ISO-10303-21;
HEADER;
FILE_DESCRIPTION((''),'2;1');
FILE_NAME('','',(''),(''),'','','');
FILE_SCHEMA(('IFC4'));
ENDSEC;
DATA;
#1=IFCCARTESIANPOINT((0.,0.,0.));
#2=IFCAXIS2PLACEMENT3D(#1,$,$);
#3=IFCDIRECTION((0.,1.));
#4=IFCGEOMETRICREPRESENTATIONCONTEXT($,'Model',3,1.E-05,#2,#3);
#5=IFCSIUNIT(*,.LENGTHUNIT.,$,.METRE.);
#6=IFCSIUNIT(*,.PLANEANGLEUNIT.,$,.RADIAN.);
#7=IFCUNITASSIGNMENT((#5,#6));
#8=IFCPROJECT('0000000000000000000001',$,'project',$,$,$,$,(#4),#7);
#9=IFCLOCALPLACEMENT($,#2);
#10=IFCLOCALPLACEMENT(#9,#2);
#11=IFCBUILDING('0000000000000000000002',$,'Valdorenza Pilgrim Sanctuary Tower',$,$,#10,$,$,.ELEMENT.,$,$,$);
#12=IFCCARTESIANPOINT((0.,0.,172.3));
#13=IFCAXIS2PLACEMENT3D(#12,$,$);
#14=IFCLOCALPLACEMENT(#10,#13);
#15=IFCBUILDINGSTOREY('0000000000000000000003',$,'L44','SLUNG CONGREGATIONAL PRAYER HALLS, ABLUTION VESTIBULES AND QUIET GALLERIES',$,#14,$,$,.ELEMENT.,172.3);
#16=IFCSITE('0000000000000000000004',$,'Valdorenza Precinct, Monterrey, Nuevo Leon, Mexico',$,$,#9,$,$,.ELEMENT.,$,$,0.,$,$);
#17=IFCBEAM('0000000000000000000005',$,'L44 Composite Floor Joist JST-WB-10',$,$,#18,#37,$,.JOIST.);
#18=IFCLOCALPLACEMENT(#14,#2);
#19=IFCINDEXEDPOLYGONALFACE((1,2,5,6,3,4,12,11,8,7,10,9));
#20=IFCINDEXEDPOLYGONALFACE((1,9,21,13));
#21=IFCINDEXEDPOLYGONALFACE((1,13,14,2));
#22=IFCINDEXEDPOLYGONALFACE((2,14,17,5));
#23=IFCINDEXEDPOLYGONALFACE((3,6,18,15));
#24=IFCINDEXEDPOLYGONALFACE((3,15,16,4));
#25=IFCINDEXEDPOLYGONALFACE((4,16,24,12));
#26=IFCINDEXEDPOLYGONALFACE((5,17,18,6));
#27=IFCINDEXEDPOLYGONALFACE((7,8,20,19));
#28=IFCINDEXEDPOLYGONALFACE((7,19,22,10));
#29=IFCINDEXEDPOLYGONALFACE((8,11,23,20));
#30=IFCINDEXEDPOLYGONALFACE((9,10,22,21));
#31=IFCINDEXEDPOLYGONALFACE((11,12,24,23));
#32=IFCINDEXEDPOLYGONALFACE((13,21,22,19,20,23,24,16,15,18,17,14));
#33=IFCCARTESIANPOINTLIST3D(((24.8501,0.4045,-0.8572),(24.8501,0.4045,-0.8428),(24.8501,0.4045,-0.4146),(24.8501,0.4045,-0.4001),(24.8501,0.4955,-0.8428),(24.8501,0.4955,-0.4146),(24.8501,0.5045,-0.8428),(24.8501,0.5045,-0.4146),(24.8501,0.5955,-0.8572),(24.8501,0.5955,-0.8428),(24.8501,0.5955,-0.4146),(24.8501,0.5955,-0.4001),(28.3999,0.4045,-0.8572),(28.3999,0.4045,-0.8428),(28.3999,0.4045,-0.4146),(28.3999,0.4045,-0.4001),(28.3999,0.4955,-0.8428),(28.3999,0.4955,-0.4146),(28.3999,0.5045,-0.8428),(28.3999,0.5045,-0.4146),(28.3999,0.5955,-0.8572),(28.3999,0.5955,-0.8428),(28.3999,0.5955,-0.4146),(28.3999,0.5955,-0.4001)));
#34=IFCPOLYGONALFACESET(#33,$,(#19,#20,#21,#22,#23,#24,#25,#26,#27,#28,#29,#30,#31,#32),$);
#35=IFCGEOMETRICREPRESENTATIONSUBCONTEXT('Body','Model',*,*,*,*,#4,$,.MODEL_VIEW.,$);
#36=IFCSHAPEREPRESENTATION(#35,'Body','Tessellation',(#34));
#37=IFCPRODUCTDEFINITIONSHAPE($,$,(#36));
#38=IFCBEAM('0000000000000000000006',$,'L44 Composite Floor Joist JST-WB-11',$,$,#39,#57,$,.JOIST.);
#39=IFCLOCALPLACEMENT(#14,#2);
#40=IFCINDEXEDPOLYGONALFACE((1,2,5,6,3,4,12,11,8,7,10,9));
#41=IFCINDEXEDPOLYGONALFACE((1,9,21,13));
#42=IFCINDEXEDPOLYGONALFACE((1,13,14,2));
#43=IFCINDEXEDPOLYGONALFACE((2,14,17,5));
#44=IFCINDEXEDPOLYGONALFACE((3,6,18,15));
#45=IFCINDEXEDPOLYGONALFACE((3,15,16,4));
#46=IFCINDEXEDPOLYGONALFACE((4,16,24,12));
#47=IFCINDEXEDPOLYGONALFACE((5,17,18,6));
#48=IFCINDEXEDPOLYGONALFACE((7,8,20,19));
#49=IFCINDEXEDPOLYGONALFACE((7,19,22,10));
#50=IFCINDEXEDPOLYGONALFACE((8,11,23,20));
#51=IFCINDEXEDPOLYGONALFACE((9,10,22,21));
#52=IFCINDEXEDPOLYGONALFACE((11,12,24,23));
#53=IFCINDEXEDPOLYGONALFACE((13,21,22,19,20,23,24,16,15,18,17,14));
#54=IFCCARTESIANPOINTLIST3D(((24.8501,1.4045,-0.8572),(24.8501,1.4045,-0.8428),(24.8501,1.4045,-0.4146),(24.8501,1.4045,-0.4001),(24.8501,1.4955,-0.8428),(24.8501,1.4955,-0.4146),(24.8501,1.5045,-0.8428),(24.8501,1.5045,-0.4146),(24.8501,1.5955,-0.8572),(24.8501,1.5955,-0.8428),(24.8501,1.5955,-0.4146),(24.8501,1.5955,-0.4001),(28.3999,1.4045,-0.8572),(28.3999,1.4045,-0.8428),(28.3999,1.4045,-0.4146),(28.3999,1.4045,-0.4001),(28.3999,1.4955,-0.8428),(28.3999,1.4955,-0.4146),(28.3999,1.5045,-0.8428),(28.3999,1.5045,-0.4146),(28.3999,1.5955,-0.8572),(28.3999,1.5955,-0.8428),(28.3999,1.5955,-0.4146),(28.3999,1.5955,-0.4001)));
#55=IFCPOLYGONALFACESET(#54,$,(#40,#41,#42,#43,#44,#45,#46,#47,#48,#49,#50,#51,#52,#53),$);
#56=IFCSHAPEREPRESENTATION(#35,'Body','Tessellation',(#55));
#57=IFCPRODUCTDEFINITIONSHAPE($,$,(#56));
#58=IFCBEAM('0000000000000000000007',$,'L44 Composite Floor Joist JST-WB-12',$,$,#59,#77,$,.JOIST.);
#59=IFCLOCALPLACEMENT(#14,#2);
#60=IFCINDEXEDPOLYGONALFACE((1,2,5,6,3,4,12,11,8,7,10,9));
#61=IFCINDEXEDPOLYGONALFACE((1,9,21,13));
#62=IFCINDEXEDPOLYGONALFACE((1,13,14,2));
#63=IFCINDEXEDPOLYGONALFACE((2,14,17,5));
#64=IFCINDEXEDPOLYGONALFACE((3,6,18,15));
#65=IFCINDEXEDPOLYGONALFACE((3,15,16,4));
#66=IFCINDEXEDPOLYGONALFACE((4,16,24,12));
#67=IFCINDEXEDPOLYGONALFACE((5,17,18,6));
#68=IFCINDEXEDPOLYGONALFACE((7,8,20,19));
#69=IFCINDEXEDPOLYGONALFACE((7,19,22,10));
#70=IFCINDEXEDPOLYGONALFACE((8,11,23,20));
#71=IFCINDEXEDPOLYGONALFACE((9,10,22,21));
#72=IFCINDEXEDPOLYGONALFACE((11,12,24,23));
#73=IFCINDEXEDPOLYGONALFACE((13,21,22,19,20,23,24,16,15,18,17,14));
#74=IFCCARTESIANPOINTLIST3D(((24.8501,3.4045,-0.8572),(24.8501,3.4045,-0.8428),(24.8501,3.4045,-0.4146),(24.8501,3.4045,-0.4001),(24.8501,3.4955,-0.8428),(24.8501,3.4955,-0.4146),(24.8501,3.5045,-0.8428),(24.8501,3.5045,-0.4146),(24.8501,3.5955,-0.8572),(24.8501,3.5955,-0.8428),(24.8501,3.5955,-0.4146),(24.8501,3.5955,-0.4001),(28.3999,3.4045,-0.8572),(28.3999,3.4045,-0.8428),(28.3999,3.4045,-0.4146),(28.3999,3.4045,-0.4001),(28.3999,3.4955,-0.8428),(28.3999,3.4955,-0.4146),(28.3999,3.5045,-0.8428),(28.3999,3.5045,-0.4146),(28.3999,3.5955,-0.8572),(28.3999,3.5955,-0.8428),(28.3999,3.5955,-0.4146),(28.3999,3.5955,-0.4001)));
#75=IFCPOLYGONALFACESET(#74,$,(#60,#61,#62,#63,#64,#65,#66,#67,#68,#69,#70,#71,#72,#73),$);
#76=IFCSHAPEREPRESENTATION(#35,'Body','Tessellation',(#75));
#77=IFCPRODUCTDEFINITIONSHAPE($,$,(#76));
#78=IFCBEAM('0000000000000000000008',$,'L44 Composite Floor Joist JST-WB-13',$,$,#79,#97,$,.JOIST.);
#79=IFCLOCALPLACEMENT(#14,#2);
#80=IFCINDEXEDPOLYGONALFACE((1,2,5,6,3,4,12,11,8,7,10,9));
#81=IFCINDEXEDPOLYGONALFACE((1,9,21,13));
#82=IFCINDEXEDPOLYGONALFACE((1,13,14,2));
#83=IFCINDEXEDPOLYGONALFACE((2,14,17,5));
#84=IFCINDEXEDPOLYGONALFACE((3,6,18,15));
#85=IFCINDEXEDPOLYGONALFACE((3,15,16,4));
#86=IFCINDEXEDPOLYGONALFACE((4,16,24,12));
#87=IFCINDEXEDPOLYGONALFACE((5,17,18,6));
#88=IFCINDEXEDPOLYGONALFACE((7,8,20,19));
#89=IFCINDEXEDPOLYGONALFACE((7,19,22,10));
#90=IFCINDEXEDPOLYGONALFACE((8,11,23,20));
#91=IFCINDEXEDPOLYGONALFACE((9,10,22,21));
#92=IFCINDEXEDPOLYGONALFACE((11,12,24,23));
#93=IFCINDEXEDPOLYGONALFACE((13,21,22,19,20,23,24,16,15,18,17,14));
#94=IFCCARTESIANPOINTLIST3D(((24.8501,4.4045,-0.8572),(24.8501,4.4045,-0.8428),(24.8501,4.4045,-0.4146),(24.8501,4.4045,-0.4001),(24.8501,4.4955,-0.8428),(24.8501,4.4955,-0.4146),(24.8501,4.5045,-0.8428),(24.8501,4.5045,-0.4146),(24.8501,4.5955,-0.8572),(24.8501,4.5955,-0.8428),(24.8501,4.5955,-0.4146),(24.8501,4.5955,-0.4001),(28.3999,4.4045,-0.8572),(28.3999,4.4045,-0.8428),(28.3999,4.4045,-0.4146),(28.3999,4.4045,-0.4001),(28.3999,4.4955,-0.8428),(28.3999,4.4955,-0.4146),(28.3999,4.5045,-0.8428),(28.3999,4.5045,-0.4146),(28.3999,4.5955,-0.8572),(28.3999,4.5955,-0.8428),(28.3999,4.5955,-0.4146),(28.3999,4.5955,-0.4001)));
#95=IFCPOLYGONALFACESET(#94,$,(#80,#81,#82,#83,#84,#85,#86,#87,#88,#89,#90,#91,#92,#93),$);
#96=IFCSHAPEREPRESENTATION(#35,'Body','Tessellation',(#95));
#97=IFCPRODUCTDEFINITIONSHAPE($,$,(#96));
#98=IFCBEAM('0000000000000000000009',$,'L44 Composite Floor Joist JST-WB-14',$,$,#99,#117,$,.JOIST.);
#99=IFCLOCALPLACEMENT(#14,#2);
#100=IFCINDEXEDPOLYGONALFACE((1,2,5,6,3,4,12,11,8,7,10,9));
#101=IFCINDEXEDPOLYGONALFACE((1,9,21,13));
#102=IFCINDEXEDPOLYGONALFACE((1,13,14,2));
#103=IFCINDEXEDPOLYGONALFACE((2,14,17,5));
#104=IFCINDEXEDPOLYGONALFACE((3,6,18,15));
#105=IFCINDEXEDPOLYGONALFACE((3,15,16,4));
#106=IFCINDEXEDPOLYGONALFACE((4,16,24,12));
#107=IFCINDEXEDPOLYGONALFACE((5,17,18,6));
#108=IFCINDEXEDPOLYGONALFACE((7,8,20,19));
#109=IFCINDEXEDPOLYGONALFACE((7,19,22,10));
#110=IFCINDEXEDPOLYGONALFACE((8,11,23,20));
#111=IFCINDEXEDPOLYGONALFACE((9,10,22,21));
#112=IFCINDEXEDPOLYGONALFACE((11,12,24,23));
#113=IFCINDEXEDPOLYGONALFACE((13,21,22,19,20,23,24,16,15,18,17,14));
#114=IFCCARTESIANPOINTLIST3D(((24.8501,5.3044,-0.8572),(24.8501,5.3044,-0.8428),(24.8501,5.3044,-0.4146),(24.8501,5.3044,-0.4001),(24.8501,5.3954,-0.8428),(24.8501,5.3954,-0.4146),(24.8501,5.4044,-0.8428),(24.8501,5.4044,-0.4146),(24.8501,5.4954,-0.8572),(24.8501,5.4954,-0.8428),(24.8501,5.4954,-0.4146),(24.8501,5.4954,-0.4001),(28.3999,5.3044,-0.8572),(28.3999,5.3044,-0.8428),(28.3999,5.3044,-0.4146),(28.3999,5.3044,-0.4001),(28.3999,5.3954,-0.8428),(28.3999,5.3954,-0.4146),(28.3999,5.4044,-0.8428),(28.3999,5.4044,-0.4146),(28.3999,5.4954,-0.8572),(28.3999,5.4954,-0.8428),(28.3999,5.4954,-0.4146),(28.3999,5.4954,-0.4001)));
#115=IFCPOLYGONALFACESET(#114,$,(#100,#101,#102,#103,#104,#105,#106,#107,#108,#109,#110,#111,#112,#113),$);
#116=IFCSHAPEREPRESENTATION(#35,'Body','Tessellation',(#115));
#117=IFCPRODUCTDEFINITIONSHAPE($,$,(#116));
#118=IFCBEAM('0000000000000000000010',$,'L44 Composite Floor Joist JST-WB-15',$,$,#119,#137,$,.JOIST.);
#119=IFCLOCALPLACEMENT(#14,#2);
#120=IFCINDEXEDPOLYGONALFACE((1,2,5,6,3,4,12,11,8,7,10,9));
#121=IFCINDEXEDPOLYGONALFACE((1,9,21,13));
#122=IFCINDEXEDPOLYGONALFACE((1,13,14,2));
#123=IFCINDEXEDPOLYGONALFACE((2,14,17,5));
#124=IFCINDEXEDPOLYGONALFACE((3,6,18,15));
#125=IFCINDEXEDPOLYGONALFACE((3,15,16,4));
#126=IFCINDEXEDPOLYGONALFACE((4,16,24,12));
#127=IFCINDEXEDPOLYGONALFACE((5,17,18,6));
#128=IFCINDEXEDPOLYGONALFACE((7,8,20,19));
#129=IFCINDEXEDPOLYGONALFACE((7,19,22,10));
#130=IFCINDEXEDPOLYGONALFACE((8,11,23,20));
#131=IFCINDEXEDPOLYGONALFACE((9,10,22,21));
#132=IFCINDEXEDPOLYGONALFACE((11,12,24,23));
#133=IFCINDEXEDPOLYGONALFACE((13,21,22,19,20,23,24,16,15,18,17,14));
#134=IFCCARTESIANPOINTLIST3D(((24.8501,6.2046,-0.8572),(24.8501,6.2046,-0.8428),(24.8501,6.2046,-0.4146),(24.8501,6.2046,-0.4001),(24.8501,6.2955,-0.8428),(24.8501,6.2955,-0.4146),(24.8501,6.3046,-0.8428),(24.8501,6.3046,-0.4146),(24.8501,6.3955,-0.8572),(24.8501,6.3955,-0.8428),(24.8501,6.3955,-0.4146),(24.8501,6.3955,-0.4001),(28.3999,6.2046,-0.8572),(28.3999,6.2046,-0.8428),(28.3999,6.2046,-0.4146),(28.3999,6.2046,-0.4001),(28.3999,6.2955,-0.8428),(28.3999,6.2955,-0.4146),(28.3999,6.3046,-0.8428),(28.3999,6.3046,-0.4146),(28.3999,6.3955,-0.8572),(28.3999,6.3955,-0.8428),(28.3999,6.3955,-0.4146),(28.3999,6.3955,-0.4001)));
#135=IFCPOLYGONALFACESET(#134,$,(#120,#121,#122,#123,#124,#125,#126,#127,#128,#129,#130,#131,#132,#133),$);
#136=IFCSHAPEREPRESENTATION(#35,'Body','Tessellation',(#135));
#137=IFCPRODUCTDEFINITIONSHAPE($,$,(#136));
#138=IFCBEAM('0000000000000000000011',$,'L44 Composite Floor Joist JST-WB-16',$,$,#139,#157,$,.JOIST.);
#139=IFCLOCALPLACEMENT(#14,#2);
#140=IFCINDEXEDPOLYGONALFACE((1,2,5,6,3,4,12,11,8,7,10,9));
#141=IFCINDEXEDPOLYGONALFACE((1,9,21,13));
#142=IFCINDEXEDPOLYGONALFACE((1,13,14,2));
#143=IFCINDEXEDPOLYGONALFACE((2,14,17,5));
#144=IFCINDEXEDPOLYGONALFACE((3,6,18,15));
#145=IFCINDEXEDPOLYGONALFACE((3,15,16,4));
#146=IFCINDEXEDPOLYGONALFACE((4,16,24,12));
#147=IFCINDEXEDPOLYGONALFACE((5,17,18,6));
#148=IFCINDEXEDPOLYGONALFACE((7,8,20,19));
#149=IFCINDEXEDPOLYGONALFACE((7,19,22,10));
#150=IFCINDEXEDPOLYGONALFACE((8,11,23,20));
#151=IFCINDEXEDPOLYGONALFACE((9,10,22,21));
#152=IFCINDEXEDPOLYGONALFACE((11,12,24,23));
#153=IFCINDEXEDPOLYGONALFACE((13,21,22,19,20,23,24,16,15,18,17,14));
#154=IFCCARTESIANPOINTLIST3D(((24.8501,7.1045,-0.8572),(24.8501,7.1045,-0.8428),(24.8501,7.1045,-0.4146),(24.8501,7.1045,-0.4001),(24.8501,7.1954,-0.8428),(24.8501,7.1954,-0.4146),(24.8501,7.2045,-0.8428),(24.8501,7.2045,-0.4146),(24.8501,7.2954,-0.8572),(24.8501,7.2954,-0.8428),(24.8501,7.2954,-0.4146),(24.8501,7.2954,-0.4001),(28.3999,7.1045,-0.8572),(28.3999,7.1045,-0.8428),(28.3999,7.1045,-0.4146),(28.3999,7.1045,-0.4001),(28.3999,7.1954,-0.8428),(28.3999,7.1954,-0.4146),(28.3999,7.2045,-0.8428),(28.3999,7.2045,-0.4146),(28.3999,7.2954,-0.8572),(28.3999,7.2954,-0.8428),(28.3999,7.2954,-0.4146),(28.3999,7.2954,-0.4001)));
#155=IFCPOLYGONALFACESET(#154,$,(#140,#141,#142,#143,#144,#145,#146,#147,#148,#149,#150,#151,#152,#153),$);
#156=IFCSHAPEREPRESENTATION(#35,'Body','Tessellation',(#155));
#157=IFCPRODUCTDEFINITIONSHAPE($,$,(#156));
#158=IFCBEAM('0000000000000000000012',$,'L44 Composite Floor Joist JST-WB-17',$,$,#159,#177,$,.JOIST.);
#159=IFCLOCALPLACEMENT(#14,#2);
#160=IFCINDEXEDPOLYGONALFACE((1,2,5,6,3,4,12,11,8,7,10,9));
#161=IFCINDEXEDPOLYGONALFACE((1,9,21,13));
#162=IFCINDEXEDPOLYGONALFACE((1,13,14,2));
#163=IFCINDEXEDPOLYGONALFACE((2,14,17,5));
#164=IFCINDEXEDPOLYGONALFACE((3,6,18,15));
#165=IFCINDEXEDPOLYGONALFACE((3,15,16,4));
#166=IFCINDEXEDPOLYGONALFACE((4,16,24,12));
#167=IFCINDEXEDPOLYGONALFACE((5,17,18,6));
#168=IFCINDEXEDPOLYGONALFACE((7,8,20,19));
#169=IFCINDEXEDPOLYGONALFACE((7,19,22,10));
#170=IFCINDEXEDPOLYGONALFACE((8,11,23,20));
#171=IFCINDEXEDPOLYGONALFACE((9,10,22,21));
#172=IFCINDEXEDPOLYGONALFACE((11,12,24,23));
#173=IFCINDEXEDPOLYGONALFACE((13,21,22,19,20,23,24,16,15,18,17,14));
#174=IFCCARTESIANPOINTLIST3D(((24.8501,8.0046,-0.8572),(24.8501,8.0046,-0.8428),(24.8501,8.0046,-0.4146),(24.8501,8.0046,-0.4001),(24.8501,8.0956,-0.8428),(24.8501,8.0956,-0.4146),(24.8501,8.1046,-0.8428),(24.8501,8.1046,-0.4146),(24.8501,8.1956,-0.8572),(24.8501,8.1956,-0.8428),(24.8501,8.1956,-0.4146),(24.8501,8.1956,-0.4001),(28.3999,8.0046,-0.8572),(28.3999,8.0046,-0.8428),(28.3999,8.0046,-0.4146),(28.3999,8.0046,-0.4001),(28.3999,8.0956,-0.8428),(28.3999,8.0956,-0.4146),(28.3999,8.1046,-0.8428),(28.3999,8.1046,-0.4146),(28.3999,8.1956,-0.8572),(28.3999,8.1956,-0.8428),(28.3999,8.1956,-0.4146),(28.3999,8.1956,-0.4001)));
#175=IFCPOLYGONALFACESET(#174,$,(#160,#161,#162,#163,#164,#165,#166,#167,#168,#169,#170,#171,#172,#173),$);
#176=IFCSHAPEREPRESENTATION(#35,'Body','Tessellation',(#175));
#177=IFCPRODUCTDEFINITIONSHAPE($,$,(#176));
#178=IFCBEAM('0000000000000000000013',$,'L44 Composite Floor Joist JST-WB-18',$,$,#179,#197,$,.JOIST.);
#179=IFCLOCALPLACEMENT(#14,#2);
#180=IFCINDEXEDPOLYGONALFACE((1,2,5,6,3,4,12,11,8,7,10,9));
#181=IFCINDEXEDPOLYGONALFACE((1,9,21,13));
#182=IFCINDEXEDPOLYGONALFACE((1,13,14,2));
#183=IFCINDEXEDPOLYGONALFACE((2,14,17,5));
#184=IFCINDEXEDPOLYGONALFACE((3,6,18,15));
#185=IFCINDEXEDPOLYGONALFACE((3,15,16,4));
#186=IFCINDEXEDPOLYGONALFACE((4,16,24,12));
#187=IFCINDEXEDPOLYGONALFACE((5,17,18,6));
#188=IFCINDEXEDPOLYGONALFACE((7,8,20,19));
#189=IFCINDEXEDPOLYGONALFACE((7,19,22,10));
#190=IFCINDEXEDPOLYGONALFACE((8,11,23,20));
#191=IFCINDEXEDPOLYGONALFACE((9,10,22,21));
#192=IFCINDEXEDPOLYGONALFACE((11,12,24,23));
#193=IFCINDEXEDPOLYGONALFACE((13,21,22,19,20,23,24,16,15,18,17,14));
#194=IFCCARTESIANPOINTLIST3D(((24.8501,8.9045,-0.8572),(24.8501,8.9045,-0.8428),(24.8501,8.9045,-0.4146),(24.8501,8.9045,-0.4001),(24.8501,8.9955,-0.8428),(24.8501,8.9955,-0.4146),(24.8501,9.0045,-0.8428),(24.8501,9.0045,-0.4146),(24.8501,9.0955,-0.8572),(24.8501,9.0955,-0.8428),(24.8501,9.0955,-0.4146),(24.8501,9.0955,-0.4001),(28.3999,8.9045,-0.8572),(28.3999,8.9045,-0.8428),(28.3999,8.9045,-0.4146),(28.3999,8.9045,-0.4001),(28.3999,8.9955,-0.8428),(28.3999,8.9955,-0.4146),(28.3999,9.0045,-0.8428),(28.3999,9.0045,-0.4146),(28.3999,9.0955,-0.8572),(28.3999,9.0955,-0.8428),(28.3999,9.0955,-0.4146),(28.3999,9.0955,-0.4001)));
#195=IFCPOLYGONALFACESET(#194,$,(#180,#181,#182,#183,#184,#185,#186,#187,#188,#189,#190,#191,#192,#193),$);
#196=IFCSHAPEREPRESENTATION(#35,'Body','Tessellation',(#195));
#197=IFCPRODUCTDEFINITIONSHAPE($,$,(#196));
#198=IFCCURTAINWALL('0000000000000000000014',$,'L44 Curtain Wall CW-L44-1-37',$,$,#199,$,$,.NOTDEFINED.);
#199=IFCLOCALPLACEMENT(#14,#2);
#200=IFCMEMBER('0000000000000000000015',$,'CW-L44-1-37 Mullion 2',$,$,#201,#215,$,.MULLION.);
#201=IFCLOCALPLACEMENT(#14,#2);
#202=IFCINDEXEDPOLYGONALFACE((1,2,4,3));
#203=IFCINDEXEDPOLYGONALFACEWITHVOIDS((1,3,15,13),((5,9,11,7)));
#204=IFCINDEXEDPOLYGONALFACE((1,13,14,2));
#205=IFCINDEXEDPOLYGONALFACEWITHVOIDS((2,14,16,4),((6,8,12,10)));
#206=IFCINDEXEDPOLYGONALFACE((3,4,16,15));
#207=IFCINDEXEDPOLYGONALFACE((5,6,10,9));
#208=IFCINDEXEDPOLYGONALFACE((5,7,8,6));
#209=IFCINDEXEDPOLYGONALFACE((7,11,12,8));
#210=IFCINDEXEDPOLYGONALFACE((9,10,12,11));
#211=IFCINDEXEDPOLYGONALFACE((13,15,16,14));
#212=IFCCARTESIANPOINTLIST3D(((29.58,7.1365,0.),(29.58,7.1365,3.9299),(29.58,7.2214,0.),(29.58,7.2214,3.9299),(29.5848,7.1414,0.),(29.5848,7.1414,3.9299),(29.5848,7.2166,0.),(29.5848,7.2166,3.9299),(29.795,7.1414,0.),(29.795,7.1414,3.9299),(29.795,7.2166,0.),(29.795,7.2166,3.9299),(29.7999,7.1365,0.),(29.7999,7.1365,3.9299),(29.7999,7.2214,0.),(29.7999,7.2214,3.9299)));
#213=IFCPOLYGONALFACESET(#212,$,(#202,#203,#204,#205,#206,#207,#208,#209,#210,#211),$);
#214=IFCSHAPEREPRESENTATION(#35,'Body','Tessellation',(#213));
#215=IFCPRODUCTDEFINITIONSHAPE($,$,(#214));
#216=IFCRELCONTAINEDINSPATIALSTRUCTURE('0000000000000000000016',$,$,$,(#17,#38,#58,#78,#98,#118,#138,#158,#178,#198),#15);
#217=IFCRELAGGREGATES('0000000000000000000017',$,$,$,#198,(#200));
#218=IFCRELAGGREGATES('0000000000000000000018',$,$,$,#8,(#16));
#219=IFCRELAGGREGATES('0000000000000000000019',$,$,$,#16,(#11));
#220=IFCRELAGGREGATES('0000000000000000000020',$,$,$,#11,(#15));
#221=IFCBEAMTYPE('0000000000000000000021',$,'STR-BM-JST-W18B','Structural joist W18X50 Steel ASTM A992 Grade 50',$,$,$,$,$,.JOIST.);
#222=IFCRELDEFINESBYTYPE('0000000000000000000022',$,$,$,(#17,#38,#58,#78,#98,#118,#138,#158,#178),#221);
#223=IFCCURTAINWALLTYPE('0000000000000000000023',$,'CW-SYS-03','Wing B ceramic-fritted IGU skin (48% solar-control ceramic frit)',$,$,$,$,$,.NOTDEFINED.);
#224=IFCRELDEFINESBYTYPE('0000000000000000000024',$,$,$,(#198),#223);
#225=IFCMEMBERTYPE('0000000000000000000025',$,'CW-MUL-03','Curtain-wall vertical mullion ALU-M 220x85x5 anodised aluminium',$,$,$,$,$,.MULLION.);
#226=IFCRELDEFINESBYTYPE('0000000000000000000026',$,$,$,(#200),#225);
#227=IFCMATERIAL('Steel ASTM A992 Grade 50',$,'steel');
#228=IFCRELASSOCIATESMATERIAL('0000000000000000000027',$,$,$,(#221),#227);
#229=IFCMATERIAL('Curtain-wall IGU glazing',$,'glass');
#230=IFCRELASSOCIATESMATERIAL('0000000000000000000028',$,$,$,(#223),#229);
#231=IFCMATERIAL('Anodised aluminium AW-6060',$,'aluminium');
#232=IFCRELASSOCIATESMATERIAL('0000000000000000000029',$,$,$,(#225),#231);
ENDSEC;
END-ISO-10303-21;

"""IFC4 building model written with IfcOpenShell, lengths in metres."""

from ifc_helpers import new_model, si_unit, direction, frame, origin, origin_2d, place, context, subcontext, project, spatial, hollow_rectangle, i_section, extrude, source, transform, mapped, material, material_profile, profile_set, type_object, element, aggregate, save


model = new_model("IFC4")

# Units and contexts
model_context = context("Model", 3, precision=1e-05, world=origin(), true_north=direction((0.0, 1.0)))
body_context = subcontext(model_context, "Body", "Model", "MODEL_VIEW")
ifc_project = project(units=[si_unit("LENGTHUNIT", "METRE"), si_unit("PLANEANGLEUNIT", "RADIAN")], contexts=[model_context])

# Site, building, storey
site_placement = place(None, origin())
site = spatial("IfcSite", under=ifc_project, at=site_placement, Name="Valdorenza Precinct, Monterrey, Nuevo Leon, Mexico", CompositionType="ELEMENT", RefElevation=0.0)
building_placement = place(site_placement, origin())
building = spatial("IfcBuilding", under=site, at=building_placement, Name="Valdorenza Pilgrim Sanctuary Tower", CompositionType="ELEMENT")
storey_placement = place(building_placement, frame((0.0, 0.0, 172.3)))
storey = spatial("IfcBuildingStorey", under=building, at=storey_placement, Name="L44", Description="SLUNG CONGREGATIONAL PRAYER HALLS, ABLUTION VESTIBULES AND QUIET GALLERIES", CompositionType="ELEMENT", Elevation=172.3)

# Beams
ifc_material_1 = material(Name="Steel ASTM A992 Grade 50", Category="steel")
ifc_material_profile_1 = material_profile(ifc_material_1, i_section(OverallWidth=0.1909, OverallDepth=0.457, WebThickness=0.009, FlangeThickness=0.0144, at=origin_2d()), Name="W18X50")
ifc_profile_set_1 = profile_set([ifc_material_profile_1], Name="Steel ASTM A992 Grade 50")
beam_type = type_object("IfcBeamType", Name="STR-BM-JST-W18B", Description="Structural joist W18X50 Steel ASTM A992 Grade 50", PredefinedType="JOIST", material=ifc_profile_set_1)
shared_shape_1 = source(origin(), body_context, "Body", "SweptSolid", [
    extrude(i_section(OverallWidth=0.1909, OverallDepth=0.457, WebThickness=0.009, FlangeThickness=0.0144, at=origin_2d()), origin(), (0.0, 0.0, 1.0), 3.5498),
])
for number, where, z_axis, x_axis, name in (
    (1, (24.8501, 0.5, -0.6287), (1.0, 0.0, 0.0), (0.0, 1.0, 0.0), "L44 Composite Floor Joist JST-WB-10"),
    (2, (24.8501, 1.5, -0.6287), (1.0, 0.0, 0.0), (0.0, 1.0, 0.0), "L44 Composite Floor Joist JST-WB-11"),
    (3, (24.8501, 3.5, -0.6287), (1.0, 0.0, 0.0), (0.0, 1.0, 0.0), "L44 Composite Floor Joist JST-WB-12"),
    (4, (24.8501, 4.5, -0.6287), (1.0, 0.0, 0.0), (0.0, 1.0, 0.0), "L44 Composite Floor Joist JST-WB-13"),
    (5, (24.8501, 5.3999, -0.6287), (1.0, 0.0, 0.0), (0.0, 1.0, 0.0), "L44 Composite Floor Joist JST-WB-14"),
    (6, (24.8501, 6.3, -0.6287), (1.0, 0.0, 0.0), (0.0, 1.0, 0.0), "L44 Composite Floor Joist JST-WB-15"),
    (7, (24.8501, 7.2, -0.6287), (1.0, 0.0, 0.0), (0.0, 1.0, 0.0), "L44 Composite Floor Joist JST-WB-16"),
    (8, (24.8501, 8.1001, -0.6287), (1.0, 0.0, 0.0), (0.0, 1.0, 0.0), "L44 Composite Floor Joist JST-WB-17"),
    (9, (24.8501, 9.0, -0.6287), (1.0, 0.0, 0.0), (0.0, 1.0, 0.0), "L44 Composite Floor Joist JST-WB-18"),
):
    element("IfcBeam", number, at=place(storey_placement, frame(where, z_axis=z_axis, x_axis=x_axis)), inside=storey, type_object=beam_type, Name=name, PredefinedType="JOIST", context=body_context, shape_type="MappedRepresentation", body=[
        mapped(shared_shape_1, transform((0.0, 0.0, 0.0), x_axis=(1.0, 0.0, 0.0), y_axis=(0.0, 1.0, 0.0), z_axis=(0.0, 0.0, 1.0), scale=1.0)),
    ])

# Curtain wall, member
ifc_material_2 = material(Name="Curtain-wall IGU glazing", Category="glass")
curtain_wall_type = type_object("IfcCurtainWallType", Name="CW-SYS-03", Description="Wing B ceramic-fritted IGU skin (48% solar-control ceramic frit)", PredefinedType="NOTDEFINED", material=ifc_material_2)
curtain_wall_placement = place(storey_placement, origin())
curtain_wall = element("IfcCurtainWall", 10, at=curtain_wall_placement, inside=storey, type_object=curtain_wall_type, Name="L44 Curtain Wall CW-L44-1-37", PredefinedType="NOTDEFINED")
ifc_material_3 = material(Name="Anodised aluminium AW-6060", Category="aluminium")
ifc_material_profile_2 = material_profile(ifc_material_3, hollow_rectangle(XDim=0.085, YDim=0.22, WallThickness=0.0049, at=origin_2d()), Name="ALU-M 220x85x5")
ifc_profile_set_2 = profile_set([ifc_material_profile_2], Name="Anodised aluminium AW-6060")
member_type = type_object("IfcMemberType", Name="CW-MUL-03", Description="Curtain-wall vertical mullion ALU-M 220x85x5 anodised aluminium", PredefinedType="MULLION", material=ifc_profile_set_2)
shared_shape_2 = source(origin(), body_context, "Body", "SweptSolid", [
    extrude(hollow_rectangle(XDim=0.085, YDim=0.22, WallThickness=0.0049, at=origin_2d()), origin(), (0.0, 0.0, 1.0), 3.9299),
])
member_1_placement = place(storey_placement, frame((29.6899, 7.179, 0.0), z_axis=(0.0, 0.0, 1.0), x_axis=(0.0, -1.0, 0.0)))
member_1 = element("IfcMember", 11, at=member_1_placement, type_object=member_type, Name="CW-L44-1-37 Mullion 2", PredefinedType="MULLION", context=body_context, shape_type="MappedRepresentation", body=[
    mapped(shared_shape_2, transform((0.0, 0.0, 0.0), x_axis=(1.0, 0.0, 0.0), y_axis=(0.0, 1.0, 0.0), z_axis=(0.0, 0.0, 1.0), scale=1.0)),
])
aggregate(curtain_wall, [member_1])

save(model, "model.ifc")
